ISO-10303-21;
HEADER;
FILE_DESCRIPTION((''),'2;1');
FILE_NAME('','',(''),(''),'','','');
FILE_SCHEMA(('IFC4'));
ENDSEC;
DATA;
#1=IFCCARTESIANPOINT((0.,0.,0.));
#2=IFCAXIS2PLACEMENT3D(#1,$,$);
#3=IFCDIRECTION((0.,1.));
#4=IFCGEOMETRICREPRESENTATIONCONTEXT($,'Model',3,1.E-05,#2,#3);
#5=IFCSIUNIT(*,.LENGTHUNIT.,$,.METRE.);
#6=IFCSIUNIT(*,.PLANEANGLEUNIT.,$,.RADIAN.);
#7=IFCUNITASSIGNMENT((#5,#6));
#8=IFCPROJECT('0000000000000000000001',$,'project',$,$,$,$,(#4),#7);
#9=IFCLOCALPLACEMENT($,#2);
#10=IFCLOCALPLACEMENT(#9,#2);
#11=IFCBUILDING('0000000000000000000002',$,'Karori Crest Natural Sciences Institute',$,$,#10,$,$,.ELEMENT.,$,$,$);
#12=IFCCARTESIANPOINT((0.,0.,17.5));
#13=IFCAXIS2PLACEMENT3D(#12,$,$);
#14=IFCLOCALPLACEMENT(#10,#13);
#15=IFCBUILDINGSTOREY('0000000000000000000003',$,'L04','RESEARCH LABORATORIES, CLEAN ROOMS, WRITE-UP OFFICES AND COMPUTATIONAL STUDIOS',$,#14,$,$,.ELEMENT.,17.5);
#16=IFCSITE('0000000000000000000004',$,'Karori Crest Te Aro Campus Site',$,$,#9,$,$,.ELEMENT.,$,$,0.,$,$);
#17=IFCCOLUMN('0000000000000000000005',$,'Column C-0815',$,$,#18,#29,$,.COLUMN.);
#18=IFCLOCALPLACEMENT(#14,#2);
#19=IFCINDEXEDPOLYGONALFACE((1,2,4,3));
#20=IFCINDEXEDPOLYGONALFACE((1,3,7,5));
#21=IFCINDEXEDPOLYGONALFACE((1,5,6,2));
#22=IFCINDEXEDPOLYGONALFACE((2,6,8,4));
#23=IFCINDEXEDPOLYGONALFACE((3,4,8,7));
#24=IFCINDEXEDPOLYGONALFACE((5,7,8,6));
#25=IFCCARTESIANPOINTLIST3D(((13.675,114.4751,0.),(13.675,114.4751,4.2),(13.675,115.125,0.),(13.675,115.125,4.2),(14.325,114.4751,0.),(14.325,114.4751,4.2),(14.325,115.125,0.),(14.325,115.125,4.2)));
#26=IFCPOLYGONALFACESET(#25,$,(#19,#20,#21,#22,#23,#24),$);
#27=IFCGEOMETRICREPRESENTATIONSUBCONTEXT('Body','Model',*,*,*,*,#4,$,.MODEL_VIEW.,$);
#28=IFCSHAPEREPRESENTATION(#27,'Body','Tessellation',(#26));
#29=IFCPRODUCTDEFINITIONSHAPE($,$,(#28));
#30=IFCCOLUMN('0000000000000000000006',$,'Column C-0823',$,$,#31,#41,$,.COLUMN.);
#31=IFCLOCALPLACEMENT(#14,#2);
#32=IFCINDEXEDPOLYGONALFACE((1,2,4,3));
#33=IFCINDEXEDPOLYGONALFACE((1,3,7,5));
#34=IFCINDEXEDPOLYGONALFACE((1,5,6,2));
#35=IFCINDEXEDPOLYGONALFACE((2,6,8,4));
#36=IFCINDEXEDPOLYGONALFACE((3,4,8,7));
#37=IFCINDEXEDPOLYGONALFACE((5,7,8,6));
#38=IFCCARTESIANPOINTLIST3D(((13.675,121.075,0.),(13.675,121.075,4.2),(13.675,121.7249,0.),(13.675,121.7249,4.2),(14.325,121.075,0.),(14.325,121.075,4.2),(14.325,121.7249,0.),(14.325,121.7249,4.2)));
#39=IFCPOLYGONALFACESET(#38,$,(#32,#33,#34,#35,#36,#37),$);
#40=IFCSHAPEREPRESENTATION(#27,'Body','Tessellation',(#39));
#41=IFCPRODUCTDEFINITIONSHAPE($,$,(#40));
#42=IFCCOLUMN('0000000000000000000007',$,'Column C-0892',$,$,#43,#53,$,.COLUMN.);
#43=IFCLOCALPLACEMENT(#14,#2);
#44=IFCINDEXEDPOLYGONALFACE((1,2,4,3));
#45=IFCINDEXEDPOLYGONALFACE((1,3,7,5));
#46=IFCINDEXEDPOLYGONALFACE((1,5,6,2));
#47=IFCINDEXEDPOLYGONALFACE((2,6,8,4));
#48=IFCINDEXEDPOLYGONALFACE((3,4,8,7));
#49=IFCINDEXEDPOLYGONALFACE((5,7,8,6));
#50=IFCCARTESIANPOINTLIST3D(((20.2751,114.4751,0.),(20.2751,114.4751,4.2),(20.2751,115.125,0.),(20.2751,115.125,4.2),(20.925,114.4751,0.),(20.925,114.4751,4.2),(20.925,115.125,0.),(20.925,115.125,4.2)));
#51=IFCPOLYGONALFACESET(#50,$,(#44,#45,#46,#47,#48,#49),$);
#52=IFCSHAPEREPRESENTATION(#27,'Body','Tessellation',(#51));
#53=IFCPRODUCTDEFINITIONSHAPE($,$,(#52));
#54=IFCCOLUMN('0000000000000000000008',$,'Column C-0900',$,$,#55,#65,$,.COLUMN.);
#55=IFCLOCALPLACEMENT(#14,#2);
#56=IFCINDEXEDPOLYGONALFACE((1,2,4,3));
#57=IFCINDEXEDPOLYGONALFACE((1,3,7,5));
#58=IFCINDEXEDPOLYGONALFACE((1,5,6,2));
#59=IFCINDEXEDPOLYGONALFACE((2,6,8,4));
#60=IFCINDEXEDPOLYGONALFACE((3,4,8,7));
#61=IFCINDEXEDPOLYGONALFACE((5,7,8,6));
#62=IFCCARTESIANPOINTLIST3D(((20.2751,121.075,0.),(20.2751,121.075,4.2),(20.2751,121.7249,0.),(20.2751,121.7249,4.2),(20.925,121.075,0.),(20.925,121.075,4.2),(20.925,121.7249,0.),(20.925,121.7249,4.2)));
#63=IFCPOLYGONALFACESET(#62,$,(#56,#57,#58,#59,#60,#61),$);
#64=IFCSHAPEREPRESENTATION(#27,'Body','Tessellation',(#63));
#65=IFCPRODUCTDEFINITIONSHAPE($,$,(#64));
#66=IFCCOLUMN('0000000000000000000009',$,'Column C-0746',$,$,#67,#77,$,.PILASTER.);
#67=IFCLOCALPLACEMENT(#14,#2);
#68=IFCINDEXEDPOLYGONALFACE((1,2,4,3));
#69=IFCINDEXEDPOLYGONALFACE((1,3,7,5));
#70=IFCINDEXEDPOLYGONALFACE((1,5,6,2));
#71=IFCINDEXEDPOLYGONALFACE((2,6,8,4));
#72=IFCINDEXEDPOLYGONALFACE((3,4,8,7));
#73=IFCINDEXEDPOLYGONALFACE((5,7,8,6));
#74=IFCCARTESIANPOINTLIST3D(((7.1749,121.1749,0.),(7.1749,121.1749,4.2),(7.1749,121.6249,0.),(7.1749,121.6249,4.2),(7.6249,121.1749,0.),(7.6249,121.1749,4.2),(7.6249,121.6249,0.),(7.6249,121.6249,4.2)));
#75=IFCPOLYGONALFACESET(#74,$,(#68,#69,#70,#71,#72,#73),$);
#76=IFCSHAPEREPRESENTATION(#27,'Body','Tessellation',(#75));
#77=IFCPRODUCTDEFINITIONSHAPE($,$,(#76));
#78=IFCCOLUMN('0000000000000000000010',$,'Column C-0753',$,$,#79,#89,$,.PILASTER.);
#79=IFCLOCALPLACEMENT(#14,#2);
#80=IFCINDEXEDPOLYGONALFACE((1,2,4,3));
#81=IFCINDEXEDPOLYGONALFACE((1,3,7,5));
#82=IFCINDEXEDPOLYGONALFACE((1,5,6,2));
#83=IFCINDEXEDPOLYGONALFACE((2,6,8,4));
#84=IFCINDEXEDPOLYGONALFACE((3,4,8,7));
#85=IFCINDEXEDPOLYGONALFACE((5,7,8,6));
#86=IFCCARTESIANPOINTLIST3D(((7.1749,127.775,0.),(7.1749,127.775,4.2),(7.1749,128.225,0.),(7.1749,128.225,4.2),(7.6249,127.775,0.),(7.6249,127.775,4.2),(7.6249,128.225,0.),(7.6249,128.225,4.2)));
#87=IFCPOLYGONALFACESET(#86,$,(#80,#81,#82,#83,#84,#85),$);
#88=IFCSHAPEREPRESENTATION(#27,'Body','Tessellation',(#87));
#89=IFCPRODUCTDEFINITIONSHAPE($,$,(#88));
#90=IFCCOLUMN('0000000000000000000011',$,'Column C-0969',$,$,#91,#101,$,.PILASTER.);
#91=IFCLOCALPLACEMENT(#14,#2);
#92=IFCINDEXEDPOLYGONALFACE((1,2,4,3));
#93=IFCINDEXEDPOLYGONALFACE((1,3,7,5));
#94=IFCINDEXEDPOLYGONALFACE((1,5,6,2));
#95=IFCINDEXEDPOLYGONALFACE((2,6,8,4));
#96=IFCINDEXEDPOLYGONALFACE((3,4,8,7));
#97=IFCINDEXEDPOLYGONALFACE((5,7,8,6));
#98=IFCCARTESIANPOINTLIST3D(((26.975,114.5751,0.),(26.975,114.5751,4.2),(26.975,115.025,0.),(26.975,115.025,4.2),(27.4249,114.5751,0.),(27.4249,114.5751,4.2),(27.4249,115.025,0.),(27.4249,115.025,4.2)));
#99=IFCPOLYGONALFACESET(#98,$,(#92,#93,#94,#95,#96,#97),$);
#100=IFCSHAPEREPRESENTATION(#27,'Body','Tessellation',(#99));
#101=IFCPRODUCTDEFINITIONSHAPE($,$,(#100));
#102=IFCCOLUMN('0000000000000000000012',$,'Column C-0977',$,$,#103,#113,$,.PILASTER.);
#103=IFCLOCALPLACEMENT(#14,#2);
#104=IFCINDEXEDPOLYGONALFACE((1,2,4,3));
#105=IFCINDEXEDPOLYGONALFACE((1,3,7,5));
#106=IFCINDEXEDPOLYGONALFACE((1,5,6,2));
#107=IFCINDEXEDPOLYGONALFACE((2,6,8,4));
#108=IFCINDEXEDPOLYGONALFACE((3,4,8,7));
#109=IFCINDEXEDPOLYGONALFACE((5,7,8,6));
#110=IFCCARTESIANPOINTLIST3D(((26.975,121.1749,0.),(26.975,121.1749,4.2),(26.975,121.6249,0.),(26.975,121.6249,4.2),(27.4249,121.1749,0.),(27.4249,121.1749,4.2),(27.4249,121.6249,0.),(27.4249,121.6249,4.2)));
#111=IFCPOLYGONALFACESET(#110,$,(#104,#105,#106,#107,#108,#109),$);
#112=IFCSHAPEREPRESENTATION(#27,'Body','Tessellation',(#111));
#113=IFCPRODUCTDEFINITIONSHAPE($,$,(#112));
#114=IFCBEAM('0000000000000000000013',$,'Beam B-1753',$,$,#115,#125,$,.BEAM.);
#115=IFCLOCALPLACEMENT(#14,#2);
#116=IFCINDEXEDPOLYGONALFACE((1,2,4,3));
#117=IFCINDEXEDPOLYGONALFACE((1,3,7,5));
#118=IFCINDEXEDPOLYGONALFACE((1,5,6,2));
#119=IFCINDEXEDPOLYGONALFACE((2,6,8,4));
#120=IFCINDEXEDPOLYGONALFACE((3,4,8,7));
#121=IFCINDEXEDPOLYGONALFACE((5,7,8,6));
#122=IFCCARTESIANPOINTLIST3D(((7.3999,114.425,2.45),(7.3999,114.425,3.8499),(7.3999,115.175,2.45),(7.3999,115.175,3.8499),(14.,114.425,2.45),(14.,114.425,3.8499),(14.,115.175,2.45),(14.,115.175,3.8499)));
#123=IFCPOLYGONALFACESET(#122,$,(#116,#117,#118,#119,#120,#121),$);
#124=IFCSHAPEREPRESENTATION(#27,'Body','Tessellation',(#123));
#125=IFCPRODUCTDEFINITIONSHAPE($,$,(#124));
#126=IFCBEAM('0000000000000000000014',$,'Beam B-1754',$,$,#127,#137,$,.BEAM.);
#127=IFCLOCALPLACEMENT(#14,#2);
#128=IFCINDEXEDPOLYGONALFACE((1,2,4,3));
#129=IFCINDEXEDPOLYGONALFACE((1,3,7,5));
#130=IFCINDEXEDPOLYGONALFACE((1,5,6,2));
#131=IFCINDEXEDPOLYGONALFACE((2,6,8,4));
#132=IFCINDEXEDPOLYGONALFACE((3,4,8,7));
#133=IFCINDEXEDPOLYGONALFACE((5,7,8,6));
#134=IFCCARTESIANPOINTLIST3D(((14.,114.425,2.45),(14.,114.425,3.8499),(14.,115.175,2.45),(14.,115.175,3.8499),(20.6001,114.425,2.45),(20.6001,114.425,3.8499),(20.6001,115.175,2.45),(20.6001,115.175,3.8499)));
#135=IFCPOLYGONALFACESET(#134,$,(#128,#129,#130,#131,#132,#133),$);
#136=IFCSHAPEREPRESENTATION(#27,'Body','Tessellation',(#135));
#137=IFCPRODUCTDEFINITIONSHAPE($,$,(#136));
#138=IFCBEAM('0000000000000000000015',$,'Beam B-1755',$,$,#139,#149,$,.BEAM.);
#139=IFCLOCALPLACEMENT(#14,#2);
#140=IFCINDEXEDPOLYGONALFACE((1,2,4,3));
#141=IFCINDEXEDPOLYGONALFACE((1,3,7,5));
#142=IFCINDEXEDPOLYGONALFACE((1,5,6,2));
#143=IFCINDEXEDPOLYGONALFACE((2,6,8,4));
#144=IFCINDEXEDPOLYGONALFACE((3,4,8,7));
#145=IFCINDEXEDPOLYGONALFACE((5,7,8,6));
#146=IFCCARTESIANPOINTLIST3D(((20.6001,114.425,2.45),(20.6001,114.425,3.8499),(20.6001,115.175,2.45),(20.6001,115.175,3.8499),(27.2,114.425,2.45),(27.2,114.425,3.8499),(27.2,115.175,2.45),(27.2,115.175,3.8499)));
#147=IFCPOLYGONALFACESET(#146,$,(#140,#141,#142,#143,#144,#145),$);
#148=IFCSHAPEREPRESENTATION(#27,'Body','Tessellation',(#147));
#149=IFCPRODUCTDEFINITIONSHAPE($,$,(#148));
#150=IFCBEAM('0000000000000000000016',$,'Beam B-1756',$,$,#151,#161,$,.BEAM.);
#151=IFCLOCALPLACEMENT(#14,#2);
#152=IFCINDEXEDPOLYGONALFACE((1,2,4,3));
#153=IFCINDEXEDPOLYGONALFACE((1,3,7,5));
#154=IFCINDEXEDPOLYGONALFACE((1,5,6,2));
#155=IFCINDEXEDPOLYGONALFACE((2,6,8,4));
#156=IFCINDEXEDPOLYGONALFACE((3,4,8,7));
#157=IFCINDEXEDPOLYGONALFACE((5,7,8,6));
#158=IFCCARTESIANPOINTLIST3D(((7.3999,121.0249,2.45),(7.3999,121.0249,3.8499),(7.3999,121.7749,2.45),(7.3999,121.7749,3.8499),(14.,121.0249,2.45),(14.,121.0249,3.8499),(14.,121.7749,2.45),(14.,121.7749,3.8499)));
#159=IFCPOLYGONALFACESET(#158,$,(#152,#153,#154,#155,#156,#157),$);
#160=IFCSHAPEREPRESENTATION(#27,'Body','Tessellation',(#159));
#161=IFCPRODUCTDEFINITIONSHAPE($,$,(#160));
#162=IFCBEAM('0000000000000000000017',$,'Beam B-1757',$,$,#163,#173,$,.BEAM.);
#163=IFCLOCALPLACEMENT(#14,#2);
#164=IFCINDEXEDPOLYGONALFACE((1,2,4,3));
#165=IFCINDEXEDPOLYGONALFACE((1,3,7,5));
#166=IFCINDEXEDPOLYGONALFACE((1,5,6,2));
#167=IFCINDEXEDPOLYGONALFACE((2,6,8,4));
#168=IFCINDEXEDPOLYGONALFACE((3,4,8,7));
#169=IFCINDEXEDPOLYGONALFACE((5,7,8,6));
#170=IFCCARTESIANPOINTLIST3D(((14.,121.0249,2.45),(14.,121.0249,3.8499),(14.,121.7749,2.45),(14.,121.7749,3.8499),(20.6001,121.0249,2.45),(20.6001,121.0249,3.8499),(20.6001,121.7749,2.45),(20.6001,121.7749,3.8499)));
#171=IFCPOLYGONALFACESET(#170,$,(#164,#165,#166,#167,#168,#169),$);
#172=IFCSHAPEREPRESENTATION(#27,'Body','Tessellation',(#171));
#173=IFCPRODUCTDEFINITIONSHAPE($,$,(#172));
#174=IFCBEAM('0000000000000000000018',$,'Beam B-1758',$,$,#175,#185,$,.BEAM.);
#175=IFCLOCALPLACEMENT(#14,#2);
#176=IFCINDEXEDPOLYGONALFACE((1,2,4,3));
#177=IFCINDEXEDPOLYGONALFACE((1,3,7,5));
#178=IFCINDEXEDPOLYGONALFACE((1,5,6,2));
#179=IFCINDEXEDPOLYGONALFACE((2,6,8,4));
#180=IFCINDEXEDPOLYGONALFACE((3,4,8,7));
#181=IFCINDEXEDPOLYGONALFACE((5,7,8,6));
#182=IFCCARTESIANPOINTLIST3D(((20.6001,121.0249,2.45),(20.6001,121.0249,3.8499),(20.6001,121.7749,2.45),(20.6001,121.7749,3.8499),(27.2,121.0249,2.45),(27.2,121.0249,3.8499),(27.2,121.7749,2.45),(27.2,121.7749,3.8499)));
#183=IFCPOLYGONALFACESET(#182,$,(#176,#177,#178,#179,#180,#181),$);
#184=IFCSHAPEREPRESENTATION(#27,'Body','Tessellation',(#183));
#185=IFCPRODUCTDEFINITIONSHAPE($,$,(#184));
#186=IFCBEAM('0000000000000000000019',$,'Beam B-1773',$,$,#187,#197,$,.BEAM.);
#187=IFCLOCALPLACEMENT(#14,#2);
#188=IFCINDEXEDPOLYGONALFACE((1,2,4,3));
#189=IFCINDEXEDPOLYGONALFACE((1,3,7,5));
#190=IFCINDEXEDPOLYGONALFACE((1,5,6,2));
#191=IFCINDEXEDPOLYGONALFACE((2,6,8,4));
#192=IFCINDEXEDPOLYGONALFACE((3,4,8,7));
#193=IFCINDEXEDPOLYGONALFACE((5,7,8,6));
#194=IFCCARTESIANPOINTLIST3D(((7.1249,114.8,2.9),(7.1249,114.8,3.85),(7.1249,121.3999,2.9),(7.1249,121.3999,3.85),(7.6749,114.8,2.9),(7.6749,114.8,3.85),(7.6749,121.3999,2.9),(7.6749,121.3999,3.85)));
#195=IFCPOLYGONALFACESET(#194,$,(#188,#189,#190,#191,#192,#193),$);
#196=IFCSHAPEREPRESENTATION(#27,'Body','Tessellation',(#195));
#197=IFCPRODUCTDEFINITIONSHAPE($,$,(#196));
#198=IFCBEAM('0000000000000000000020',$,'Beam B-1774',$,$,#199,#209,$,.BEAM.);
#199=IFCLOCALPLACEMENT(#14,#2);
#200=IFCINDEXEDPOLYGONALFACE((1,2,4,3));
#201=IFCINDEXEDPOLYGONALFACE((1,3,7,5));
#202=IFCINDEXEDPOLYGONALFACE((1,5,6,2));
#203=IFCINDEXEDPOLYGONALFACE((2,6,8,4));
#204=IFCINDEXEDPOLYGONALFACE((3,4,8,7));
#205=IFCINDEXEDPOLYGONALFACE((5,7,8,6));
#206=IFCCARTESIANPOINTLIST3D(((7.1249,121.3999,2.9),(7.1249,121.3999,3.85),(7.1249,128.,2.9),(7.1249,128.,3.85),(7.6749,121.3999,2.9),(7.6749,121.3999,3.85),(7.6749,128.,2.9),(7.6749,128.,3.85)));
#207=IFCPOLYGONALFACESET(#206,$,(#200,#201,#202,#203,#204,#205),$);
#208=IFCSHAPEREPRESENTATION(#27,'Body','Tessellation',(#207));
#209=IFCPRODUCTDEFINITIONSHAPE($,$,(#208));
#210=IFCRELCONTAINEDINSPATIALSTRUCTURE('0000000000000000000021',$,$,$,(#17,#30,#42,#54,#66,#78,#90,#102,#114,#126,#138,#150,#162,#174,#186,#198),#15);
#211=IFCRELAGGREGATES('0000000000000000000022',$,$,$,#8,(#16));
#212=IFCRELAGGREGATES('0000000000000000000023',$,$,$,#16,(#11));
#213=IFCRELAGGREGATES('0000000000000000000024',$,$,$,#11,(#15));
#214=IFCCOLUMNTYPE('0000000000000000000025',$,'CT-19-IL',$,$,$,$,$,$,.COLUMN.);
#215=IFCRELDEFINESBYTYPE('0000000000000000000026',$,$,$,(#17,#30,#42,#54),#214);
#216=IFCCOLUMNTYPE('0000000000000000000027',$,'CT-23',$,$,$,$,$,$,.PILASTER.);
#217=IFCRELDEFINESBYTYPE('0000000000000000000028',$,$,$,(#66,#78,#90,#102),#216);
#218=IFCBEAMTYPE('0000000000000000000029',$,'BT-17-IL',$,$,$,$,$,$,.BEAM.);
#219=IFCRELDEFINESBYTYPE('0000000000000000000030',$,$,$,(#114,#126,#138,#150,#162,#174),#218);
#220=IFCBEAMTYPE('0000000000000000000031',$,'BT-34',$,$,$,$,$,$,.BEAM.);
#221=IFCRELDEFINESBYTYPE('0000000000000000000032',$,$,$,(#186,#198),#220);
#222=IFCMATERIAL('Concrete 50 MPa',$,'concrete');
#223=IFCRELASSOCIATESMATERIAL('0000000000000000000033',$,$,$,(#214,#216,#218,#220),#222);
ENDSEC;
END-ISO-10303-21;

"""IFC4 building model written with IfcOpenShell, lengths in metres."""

from ifc_helpers import new_model, si_unit, direction, frame, origin, origin_2d, place, context, subcontext, project, spatial, rectangle, extrude, material, material_profile, profile_set, type_object, element, save


model = new_model("IFC4")

# Units and contexts
model_context = context("Model", 3, precision=1e-05, world=origin(), true_north=direction((0.0, 1.0)))
body_context = subcontext(model_context, "Body", "Model", "MODEL_VIEW")
ifc_project = project(units=[si_unit("LENGTHUNIT", "METRE"), si_unit("PLANEANGLEUNIT", "RADIAN")], contexts=[model_context])

# Site, building, storey
site_placement = place(None, origin())
site = spatial("IfcSite", under=ifc_project, at=site_placement, Name="Karori Crest Te Aro Campus Site", CompositionType="ELEMENT", RefElevation=0.0)
building_placement = place(site_placement, origin())
building = spatial("IfcBuilding", under=site, at=building_placement, Name="Karori Crest Natural Sciences Institute", CompositionType="ELEMENT")
storey_placement = place(building_placement, frame((0.0, 0.0, 17.5)))
storey = spatial("IfcBuildingStorey", under=building, at=storey_placement, Name="L04", Description="RESEARCH LABORATORIES, CLEAN ROOMS, WRITE-UP OFFICES AND COMPUTATIONAL STUDIOS", CompositionType="ELEMENT", Elevation=17.5)

# Columns
ifc_material_1 = material(Name="Concrete 50 MPa", Category="concrete")
ifc_material_profile_1 = material_profile(ifc_material_1, rectangle(XDim=0.6499, YDim=0.6499, at=origin_2d()), Name="RC650x650")
ifc_profile_set_1 = profile_set([ifc_material_profile_1], Name="Concrete 50 MPa")
column_type_1 = type_object("IfcColumnType", Name="CT-19-IL", PredefinedType="COLUMN", material=ifc_profile_set_1)
for number, where, z_axis, x_axis, name in (
    (1, (14.0, 114.8, 0.0), (0.0, 0.0, 1.0), (1.0, 0.0, 0.0), "Column C-0815"),
    (2, (14.0, 121.3999, 0.0), (0.0, 0.0, 1.0), (1.0, 0.0, 0.0), "Column C-0823"),
    (3, (20.6001, 114.8, 0.0), (0.0, 0.0, 1.0), (1.0, 0.0, 0.0), "Column C-0892"),
    (4, (20.6001, 121.3999, 0.0), (0.0, 0.0, 1.0), (1.0, 0.0, 0.0), "Column C-0900"),
):
    element("IfcColumn", number, at=place(storey_placement, frame(where, z_axis=z_axis, x_axis=x_axis)), inside=storey, type_object=column_type_1, Name=name, PredefinedType="COLUMN", context=body_context, shape_type="SweptSolid", body=[
        extrude(rectangle(XDim=0.6499, YDim=0.6499, at=origin_2d()), origin(), (0.0, 0.0, 1.0), 4.2),
    ])
ifc_material_profile_2 = material_profile(ifc_material_1, rectangle(XDim=0.45, YDim=0.45, at=origin_2d()), Name="RC450x450")
ifc_profile_set_2 = profile_set([ifc_material_profile_2], Name="Concrete 50 MPa")
column_type_2 = type_object("IfcColumnType", Name="CT-23", PredefinedType="PILASTER", material=ifc_profile_set_2)
for number, where, z_axis, x_axis, name in (
    (5, (7.3999, 121.3999, 0.0), (0.0, 0.0, 1.0), (1.0, 0.0, 0.0), "Column C-0746"),
    (6, (7.3999, 128.0, 0.0), (0.0, 0.0, 1.0), (1.0, 0.0, 0.0), "Column C-0753"),
    (7, (27.2, 114.8, 0.0), (0.0, 0.0, 1.0), (1.0, 0.0, 0.0), "Column C-0969"),
    (8, (27.2, 121.3999, 0.0), (0.0, 0.0, 1.0), (1.0, 0.0, 0.0), "Column C-0977"),
):
    element("IfcColumn", number, at=place(storey_placement, frame(where, z_axis=z_axis, x_axis=x_axis)), inside=storey, type_object=column_type_2, Name=name, PredefinedType="PILASTER", context=body_context, shape_type="SweptSolid", body=[
        extrude(rectangle(XDim=0.45, YDim=0.45, at=origin_2d()), origin(), (0.0, 0.0, 1.0), 4.2),
    ])

# Beams
ifc_material_profile_3 = material_profile(ifc_material_1, rectangle(XDim=0.75, YDim=1.3999, at=origin_2d()), Name="RCB750x1400")
ifc_profile_set_3 = profile_set([ifc_material_profile_3], Name="Concrete 50 MPa")
beam_type_1 = type_object("IfcBeamType", Name="BT-17-IL", PredefinedType="BEAM", material=ifc_profile_set_3)
for number, where, z_axis, x_axis, name in (
    (9, (7.3999, 114.8, 3.1499), (1.0, 0.0, 0.0), (0.0, 1.0, 0.0), "Beam B-1753"),
    (10, (14.0, 114.8, 3.1499), (1.0, 0.0, 0.0), (0.0, 1.0, 0.0), "Beam B-1754"),
):
    element("IfcBeam", number, at=place(storey_placement, frame(where, z_axis=z_axis, x_axis=x_axis)), inside=storey, type_object=beam_type_1, Name=name, PredefinedType="BEAM", context=body_context, shape_type="SweptSolid", body=[
        extrude(rectangle(XDim=0.75, YDim=1.3999, at=origin_2d()), origin(), (0.0, 0.0, 1.0), 6.6001),
    ])
beam_1_placement = place(storey_placement, frame((20.6001, 114.8, 3.1499), z_axis=(1.0, 0.0, 0.0), x_axis=(0.0, 1.0, 0.0)))
element("IfcBeam", 11, at=beam_1_placement, inside=storey, type_object=beam_type_1, Name="Beam B-1755", PredefinedType="BEAM", context=body_context, shape_type="SweptSolid", body=[
    extrude(rectangle(XDim=0.75, YDim=1.3999, at=origin_2d()), origin(), (0.0, 0.0, 1.0), 6.5999),
])
for number, where, z_axis, x_axis, name in (
    (12, (7.3999, 121.3999, 3.1499), (1.0, 0.0, 0.0), (0.0, 1.0, 0.0), "Beam B-1756"),
    (13, (14.0, 121.3999, 3.1499), (1.0, 0.0, 0.0), (0.0, 1.0, 0.0), "Beam B-1757"),
):
    element("IfcBeam", number, at=place(storey_placement, frame(where, z_axis=z_axis, x_axis=x_axis)), inside=storey, type_object=beam_type_1, Name=name, PredefinedType="BEAM", context=body_context, shape_type="SweptSolid", body=[
        extrude(rectangle(XDim=0.75, YDim=1.3999, at=origin_2d()), origin(), (0.0, 0.0, 1.0), 6.6001),
    ])
beam_2_placement = place(storey_placement, frame((20.6001, 121.3999, 3.1499), z_axis=(1.0, 0.0, 0.0), x_axis=(0.0, 1.0, 0.0)))
element("IfcBeam", 14, at=beam_2_placement, inside=storey, type_object=beam_type_1, Name="Beam B-1758", PredefinedType="BEAM", context=body_context, shape_type="SweptSolid", body=[
    extrude(rectangle(XDim=0.75, YDim=1.3999, at=origin_2d()), origin(), (0.0, 0.0, 1.0), 6.5999),
])
ifc_material_profile_4 = material_profile(ifc_material_1, rectangle(XDim=0.55, YDim=0.95, at=origin_2d()), Name="RCB550x950")
ifc_profile_set_4 = profile_set([ifc_material_profile_4], Name="Concrete 50 MPa")
beam_type_2 = type_object("IfcBeamType", Name="BT-34", PredefinedType="BEAM", material=ifc_profile_set_4)
beam_3_placement = place(storey_placement, frame((7.3999, 114.8, 3.375), z_axis=(0.0, 1.0, 0.0), x_axis=(-1.0, 0.0, 0.0)))
element("IfcBeam", 15, at=beam_3_placement, inside=storey, type_object=beam_type_2, Name="Beam B-1773", PredefinedType="BEAM", context=body_context, shape_type="SweptSolid", body=[
    extrude(rectangle(XDim=0.55, YDim=0.95, at=origin_2d()), origin(), (0.0, 0.0, 1.0), 6.5999),
])
beam_4_placement = place(storey_placement, frame((7.3999, 121.3999, 3.375), z_axis=(0.0, 1.0, 0.0), x_axis=(-1.0, 0.0, 0.0)))
element("IfcBeam", 16, at=beam_4_placement, inside=storey, type_object=beam_type_2, Name="Beam B-1774", PredefinedType="BEAM", context=body_context, shape_type="SweptSolid", body=[
    extrude(rectangle(XDim=0.55, YDim=0.95, at=origin_2d()), origin(), (0.0, 0.0, 1.0), 6.6001),
])

save(model, "model.ifc")
